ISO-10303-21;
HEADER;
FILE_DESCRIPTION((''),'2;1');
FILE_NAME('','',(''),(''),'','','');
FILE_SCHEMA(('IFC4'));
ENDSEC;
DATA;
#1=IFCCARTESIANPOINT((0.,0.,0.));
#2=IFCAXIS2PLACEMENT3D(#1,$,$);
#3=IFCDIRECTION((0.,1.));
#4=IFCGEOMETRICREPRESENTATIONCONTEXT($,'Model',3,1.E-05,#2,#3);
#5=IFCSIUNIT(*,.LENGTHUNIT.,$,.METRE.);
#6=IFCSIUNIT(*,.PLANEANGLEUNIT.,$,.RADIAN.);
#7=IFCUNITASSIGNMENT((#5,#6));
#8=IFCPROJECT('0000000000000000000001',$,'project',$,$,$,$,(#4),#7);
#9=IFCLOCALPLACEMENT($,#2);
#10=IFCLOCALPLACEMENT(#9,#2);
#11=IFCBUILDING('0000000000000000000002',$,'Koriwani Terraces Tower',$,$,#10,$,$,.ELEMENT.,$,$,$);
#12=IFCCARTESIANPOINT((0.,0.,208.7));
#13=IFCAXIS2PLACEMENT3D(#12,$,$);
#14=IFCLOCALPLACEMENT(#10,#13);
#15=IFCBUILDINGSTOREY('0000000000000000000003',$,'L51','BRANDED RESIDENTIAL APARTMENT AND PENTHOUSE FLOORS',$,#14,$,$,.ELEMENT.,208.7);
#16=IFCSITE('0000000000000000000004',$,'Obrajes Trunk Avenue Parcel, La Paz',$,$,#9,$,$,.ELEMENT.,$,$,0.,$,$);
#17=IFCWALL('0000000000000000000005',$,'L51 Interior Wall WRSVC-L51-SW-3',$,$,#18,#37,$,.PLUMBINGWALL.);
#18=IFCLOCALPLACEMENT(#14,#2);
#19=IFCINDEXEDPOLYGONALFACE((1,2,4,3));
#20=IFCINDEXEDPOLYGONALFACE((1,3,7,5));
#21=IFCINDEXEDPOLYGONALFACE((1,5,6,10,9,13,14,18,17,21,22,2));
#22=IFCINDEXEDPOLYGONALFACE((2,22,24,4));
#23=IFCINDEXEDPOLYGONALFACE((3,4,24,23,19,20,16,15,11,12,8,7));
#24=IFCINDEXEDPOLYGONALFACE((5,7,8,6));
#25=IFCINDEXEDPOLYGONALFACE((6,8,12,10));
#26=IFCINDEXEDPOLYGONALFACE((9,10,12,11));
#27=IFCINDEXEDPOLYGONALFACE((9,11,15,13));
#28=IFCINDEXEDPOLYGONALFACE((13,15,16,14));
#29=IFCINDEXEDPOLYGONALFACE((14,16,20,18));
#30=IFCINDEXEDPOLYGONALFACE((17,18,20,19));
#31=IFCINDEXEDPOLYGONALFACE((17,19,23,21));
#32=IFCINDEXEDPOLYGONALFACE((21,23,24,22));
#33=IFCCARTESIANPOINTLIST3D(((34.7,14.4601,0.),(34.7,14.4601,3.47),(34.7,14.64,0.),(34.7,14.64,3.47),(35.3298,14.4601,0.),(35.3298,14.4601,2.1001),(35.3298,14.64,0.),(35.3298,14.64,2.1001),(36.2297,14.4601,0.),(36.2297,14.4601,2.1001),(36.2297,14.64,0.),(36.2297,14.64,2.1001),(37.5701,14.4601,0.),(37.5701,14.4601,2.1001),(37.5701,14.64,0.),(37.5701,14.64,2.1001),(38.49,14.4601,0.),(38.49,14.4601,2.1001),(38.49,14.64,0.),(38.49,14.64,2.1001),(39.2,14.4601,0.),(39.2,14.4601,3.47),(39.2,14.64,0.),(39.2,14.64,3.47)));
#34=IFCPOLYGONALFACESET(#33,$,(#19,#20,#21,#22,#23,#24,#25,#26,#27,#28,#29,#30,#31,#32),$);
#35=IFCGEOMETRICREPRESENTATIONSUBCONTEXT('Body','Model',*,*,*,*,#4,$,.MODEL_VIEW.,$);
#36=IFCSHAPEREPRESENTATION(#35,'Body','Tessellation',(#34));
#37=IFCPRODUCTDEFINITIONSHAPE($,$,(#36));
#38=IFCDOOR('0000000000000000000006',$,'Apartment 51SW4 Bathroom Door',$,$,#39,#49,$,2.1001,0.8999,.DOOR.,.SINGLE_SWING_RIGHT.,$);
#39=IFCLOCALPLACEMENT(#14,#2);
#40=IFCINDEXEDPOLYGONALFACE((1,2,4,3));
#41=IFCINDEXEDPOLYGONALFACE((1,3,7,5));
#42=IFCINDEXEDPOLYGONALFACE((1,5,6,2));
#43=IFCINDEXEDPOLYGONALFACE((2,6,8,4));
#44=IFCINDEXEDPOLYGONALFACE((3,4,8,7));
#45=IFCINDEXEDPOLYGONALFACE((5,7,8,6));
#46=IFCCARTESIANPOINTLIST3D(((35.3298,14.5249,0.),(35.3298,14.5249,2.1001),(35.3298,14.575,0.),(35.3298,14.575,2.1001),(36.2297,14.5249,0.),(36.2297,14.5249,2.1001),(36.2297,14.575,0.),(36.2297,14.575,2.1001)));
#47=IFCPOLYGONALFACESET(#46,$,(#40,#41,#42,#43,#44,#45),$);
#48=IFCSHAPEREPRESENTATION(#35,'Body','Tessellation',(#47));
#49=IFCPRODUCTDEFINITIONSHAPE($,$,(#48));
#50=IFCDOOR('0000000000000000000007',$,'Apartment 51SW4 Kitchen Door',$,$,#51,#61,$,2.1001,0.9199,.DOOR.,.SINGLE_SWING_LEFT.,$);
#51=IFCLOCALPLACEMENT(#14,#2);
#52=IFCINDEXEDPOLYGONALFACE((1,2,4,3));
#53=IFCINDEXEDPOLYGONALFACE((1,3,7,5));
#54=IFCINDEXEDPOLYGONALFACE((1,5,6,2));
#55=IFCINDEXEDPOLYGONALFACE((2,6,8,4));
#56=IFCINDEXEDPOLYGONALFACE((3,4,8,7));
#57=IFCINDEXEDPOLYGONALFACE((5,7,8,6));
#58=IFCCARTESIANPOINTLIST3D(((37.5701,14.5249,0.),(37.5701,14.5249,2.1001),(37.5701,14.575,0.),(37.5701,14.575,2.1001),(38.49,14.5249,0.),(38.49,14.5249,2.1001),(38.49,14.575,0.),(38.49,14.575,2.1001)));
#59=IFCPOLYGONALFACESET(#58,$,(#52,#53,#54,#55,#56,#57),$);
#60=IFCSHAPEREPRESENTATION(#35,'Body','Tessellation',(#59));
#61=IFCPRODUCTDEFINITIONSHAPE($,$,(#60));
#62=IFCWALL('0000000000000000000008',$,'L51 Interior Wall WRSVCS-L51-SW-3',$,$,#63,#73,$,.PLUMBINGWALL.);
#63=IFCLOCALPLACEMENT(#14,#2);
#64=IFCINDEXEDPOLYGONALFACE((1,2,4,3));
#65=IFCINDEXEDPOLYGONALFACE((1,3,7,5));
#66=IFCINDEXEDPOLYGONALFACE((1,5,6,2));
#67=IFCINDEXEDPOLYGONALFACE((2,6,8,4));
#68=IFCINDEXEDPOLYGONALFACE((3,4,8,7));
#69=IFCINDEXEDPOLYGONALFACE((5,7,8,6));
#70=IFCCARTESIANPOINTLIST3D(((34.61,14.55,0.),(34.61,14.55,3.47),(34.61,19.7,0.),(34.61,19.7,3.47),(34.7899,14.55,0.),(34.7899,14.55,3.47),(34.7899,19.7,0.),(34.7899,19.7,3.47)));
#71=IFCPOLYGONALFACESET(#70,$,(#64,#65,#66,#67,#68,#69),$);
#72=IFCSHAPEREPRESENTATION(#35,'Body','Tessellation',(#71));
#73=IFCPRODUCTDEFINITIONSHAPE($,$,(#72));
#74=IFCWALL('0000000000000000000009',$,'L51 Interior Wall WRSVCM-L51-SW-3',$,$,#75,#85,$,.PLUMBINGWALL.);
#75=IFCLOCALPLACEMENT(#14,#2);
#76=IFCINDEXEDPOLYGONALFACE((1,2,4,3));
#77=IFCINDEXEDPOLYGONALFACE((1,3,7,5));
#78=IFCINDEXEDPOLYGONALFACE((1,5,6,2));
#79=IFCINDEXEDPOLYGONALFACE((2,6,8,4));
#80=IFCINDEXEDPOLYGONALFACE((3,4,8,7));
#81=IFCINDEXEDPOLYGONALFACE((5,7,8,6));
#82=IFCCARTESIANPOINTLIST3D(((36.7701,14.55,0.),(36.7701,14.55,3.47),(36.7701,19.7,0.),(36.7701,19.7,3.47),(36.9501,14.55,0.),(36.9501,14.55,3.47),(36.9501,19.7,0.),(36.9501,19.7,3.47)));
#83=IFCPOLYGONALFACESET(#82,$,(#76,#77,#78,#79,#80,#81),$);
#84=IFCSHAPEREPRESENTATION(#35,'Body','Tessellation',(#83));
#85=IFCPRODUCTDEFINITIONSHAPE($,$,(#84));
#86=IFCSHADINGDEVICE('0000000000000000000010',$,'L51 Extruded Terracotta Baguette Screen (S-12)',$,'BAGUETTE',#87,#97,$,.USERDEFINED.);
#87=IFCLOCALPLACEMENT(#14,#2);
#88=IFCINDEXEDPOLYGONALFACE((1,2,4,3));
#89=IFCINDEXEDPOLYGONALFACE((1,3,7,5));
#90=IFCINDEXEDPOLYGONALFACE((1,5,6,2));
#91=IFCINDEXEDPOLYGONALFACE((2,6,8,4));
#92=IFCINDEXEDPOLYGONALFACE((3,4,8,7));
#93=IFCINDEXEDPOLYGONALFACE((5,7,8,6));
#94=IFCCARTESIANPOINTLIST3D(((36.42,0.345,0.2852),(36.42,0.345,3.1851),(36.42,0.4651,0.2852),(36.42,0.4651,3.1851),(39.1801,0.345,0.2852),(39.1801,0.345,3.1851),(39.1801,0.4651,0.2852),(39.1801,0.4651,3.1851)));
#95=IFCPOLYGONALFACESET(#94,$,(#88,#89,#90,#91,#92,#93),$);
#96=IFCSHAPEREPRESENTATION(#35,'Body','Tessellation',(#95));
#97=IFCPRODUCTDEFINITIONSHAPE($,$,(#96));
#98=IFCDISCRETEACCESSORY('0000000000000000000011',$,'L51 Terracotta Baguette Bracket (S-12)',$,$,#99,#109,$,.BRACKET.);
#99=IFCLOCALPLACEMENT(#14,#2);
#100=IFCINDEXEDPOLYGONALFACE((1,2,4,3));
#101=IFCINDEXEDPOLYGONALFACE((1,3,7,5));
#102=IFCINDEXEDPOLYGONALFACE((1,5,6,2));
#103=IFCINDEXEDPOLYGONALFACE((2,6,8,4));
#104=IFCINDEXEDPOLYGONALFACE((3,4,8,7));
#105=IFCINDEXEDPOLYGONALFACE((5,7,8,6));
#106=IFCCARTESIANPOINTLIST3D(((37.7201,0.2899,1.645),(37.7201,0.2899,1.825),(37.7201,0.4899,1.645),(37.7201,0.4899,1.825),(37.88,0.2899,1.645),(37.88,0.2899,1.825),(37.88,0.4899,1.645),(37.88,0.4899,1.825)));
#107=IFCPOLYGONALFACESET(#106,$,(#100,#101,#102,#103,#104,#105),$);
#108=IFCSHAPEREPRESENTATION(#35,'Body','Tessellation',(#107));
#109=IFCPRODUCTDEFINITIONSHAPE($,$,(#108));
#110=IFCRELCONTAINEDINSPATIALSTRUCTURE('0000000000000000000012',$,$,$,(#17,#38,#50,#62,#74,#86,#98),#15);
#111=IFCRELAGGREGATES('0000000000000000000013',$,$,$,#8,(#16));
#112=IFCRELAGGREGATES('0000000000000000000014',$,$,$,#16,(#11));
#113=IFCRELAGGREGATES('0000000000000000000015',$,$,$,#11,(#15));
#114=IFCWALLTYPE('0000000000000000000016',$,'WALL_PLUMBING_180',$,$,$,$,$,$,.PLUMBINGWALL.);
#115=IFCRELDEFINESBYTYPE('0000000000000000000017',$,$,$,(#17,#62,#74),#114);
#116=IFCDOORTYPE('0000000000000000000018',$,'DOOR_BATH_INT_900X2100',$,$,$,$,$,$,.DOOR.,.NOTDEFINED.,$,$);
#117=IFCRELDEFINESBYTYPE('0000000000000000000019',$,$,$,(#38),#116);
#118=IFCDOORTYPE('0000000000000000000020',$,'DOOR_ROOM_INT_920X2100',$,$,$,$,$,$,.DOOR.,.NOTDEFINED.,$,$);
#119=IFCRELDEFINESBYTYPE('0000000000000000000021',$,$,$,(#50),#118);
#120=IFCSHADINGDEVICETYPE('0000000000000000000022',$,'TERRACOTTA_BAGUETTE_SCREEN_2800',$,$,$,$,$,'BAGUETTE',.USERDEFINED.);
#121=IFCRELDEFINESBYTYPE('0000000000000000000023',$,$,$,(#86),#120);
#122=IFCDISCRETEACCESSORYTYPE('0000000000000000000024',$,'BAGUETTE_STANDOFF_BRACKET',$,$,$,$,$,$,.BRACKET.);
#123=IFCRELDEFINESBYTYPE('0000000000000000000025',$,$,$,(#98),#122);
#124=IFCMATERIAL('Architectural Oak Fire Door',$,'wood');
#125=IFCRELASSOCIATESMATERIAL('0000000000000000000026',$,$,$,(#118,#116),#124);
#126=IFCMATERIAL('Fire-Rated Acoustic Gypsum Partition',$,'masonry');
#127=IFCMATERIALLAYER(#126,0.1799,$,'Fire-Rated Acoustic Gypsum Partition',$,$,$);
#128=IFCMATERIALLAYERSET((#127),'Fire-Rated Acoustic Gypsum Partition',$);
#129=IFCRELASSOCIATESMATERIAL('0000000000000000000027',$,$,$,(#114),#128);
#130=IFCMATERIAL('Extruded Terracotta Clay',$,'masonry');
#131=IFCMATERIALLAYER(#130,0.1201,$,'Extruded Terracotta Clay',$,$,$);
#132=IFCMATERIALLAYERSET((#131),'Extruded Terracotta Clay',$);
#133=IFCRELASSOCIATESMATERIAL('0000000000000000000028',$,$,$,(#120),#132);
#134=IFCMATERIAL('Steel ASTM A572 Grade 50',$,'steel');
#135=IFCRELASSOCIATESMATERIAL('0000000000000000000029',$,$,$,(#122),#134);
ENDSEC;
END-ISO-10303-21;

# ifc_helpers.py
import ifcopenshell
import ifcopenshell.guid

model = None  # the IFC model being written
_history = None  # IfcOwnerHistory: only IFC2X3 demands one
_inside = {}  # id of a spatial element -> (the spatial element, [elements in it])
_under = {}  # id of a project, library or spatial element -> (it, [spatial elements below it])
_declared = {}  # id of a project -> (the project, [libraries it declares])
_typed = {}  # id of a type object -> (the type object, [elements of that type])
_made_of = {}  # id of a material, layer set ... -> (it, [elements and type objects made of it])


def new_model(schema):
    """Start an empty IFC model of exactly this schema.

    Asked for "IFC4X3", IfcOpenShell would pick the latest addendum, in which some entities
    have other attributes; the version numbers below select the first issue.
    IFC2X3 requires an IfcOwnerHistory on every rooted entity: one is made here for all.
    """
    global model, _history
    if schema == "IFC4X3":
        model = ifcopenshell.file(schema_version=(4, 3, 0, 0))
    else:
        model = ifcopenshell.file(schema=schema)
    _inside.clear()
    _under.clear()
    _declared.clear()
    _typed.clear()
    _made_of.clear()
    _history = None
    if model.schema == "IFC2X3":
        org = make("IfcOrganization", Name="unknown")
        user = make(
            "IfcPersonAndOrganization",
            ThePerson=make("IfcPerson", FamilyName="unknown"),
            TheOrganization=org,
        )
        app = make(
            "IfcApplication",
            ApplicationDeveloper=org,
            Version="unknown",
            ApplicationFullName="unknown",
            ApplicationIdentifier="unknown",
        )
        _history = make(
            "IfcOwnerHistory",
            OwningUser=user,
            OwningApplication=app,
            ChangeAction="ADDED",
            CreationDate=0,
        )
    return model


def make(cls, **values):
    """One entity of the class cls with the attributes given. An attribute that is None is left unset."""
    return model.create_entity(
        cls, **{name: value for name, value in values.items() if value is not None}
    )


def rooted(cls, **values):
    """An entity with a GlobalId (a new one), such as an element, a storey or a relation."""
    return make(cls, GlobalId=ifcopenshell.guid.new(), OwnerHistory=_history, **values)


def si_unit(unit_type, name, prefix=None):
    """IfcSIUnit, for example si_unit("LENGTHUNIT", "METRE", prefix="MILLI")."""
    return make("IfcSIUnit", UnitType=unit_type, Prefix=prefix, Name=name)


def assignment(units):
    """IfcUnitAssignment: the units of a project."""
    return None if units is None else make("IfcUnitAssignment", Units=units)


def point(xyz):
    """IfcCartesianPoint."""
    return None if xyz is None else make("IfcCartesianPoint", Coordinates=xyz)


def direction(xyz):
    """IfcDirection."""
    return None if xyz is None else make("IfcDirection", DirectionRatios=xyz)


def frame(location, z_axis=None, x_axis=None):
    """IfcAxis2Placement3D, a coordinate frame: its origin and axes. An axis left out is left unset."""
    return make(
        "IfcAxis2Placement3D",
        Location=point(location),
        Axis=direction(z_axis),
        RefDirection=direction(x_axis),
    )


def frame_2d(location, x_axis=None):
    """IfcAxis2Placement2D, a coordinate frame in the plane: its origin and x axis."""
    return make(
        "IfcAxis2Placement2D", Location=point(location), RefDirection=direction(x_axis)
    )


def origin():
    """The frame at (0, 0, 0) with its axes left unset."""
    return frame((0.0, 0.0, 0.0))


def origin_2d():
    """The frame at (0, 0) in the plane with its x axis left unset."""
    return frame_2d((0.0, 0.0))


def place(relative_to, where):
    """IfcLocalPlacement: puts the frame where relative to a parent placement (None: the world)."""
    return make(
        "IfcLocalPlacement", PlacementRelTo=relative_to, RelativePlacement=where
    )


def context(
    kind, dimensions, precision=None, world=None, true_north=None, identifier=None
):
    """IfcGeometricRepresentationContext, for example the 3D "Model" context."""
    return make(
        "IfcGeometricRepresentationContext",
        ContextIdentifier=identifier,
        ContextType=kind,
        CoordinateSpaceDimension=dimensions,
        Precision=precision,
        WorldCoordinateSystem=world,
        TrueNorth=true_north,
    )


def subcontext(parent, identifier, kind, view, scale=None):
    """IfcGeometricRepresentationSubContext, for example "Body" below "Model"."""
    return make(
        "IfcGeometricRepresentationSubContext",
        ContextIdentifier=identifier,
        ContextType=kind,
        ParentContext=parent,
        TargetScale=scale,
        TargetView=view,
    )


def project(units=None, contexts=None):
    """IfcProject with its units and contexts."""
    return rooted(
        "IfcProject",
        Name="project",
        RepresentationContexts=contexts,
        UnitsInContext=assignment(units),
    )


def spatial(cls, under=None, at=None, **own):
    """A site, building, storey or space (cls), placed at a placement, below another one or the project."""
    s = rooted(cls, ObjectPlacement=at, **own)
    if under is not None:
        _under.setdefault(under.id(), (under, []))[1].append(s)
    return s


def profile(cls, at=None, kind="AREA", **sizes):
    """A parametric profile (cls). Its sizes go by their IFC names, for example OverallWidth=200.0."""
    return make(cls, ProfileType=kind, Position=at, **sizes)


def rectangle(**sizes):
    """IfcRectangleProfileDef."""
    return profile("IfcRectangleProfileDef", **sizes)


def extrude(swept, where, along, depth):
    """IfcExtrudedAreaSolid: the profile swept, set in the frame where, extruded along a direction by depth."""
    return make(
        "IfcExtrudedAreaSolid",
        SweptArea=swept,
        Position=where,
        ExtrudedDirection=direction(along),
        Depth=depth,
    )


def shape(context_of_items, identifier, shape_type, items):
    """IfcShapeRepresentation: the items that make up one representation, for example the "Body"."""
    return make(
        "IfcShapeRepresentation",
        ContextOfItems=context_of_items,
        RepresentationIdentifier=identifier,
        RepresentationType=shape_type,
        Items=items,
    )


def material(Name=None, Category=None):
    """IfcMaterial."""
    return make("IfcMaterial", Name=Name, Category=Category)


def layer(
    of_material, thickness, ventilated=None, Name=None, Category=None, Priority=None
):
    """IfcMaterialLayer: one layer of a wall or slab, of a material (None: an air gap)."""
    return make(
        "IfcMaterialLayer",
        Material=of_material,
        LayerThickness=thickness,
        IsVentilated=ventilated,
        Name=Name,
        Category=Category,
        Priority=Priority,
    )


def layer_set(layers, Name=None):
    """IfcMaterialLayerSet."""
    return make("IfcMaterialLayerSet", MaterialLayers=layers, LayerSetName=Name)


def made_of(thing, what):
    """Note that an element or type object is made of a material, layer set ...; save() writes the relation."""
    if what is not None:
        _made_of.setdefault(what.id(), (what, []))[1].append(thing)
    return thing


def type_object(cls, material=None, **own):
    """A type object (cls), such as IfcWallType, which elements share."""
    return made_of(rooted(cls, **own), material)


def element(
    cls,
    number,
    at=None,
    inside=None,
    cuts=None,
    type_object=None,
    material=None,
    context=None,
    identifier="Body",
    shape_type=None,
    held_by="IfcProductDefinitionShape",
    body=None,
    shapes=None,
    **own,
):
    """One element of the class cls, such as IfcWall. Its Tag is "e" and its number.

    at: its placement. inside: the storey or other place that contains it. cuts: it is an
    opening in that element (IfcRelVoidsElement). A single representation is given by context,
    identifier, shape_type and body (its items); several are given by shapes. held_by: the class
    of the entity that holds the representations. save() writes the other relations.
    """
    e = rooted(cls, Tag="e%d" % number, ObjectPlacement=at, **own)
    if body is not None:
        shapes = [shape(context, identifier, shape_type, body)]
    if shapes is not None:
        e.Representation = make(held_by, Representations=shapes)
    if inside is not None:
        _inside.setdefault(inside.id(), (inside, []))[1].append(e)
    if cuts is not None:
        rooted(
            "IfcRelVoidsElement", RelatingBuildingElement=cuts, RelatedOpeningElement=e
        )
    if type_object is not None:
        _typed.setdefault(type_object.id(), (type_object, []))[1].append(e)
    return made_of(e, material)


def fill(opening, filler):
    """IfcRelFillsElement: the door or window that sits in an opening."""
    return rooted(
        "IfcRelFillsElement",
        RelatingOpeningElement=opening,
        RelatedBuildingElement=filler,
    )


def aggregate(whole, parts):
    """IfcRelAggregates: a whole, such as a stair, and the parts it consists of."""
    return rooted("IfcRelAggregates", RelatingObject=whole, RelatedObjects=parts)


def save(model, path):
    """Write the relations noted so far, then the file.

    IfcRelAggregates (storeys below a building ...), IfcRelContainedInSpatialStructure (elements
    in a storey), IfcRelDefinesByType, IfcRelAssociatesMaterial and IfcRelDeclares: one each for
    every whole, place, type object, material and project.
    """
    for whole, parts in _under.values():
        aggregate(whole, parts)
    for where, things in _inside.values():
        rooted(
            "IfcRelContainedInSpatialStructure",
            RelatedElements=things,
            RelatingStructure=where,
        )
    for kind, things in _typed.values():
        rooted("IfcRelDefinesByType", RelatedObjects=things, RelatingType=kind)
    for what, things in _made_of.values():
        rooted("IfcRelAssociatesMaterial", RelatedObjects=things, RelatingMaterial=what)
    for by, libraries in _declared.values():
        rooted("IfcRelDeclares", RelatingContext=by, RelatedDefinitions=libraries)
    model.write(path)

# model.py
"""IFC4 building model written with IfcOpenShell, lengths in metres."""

from ifc_helpers import new_model, si_unit, direction, frame, frame_2d, origin, origin_2d, place, context, subcontext, project, spatial, rectangle, extrude, material, layer, layer_set, type_object, element, fill, save


model = new_model("IFC4")

# Units and contexts
model_context = context("Model", 3, precision=1e-05, world=origin(), true_north=direction((0.0, 1.0)))
body_context = subcontext(model_context, "Body", "Model", "MODEL_VIEW")
ifc_project = project(units=[si_unit("LENGTHUNIT", "METRE"), si_unit("PLANEANGLEUNIT", "RADIAN")], contexts=[model_context])

# Site, building, storey
site_placement = place(None, origin())
site = spatial("IfcSite", under=ifc_project, at=site_placement, Name="Obrajes Trunk Avenue Parcel, La Paz", CompositionType="ELEMENT", RefElevation=0.0)
building_placement = place(site_placement, origin())
building = spatial("IfcBuilding", under=site, at=building_placement, Name="Koriwani Terraces Tower", CompositionType="ELEMENT")
storey_placement = place(building_placement, frame((0.0, 0.0, 208.7)))
storey = spatial("IfcBuildingStorey", under=building, at=storey_placement, Name="L51", Description="BRANDED RESIDENTIAL APARTMENT AND PENTHOUSE FLOORS", CompositionType="ELEMENT", Elevation=208.7)

# Shared definitions
ifc_material_1 = material(Name="Steel ASTM A572 Grade 50", Category="steel")

# Shared definitions
ifc_material_2 = material(Name="Architectural Oak Fire Door", Category="wood")
door_type_1 = type_object("IfcDoorType", Name="DOOR_ROOM_INT_920X2100", OperationType="NOTDEFINED", PredefinedType="DOOR", material=ifc_material_2)

# Shared definitions
ifc_material_3 = material(Name="Fire-Rated Acoustic Gypsum Partition", Category="masonry")
ifc_layer_1 = layer(ifc_material_3, 0.1799, Name="Fire-Rated Acoustic Gypsum Partition")
ifc_layer_set_1 = layer_set([ifc_layer_1], Name="Fire-Rated Acoustic Gypsum Partition")
wall_type_1 = type_object("IfcWallType", Name="WALL_PLUMBING_180", PredefinedType="PLUMBINGWALL", material=ifc_layer_set_1)
door_type_2 = type_object("IfcDoorType", Name="DOOR_BATH_INT_900X2100", OperationType="NOTDEFINED", PredefinedType="DOOR", material=ifc_material_2)

# Wall, openings, doors
wall_1_placement = place(storey_placement, frame((34.7, 14.55, 0.0), z_axis=(0.0, 0.0, 1.0), x_axis=(1.0, 0.0, 0.0)))
wall_1 = element("IfcWall", 1, at=wall_1_placement, inside=storey, type_object=wall_type_1, Name="L51 Interior Wall WRSVC-L51-SW-3", PredefinedType="PLUMBINGWALL", context=body_context, shape_type="SweptSolid", body=[
    extrude(rectangle(XDim=4.5, YDim=0.1799, at=frame_2d((2.25, 0.0))), origin(), (0.0, 0.0, 1.0), 3.47),
])
opening_1_placement = place(wall_1_placement, frame((0.6299, 0.0, 0.0)))
opening_1 = element("IfcOpeningElement", 2, at=opening_1_placement, cuts=wall_1, PredefinedType="OPENING", context=body_context, shape_type="SweptSolid", body=[
    extrude(rectangle(XDim=0.8999, YDim=2.1001, at=frame_2d((0.45, 1.05))), frame((0.0, 0.1001, 0.0), z_axis=(0.0, -1.0, 0.0), x_axis=(1.0, 0.0, 0.0)), (0.0, 0.0, 1.0), 0.2),
])
opening_2_placement = place(wall_1_placement, frame((2.8701, 0.0, 0.0)))
opening_2 = element("IfcOpeningElement", 3, at=opening_2_placement, cuts=wall_1, PredefinedType="OPENING", context=body_context, shape_type="SweptSolid", body=[
    extrude(rectangle(XDim=0.9199, YDim=2.1001, at=frame_2d((0.46, 1.05))), frame((0.0, 0.1001, 0.0), z_axis=(0.0, -1.0, 0.0), x_axis=(1.0, 0.0, 0.0)), (0.0, 0.0, 1.0), 0.2),
])
door_1_placement = place(opening_1_placement, origin())
door_1 = element("IfcDoor", 4, at=door_1_placement, inside=storey, type_object=door_type_2, Name="Apartment 51SW4 Bathroom Door", OperationType="SINGLE_SWING_RIGHT", OverallHeight=2.1001, OverallWidth=0.8999, PredefinedType="DOOR", context=body_context, shape_type="SweptSolid", body=[
    extrude(rectangle(XDim=0.8999, YDim=2.1001, at=frame_2d((0.45, 1.05))), frame((0.0, 0.0249, 0.0), z_axis=(0.0, -1.0, 0.0), x_axis=(1.0, 0.0, 0.0)), (0.0, 0.0, 1.0), 0.05),
])
fill(opening_1, door_1)
door_2_placement = place(opening_2_placement, origin())
door_2 = element("IfcDoor", 5, at=door_2_placement, inside=storey, type_object=door_type_1, Name="Apartment 51SW4 Kitchen Door", OperationType="SINGLE_SWING_LEFT", OverallHeight=2.1001, OverallWidth=0.9199, PredefinedType="DOOR", context=body_context, shape_type="SweptSolid", body=[
    extrude(rectangle(XDim=0.9199, YDim=2.1001, at=frame_2d((0.46, 1.05))), frame((0.0, 0.0249, 0.0), z_axis=(0.0, -1.0, 0.0), x_axis=(1.0, 0.0, 0.0)), (0.0, 0.0, 1.0), 0.05),
])
fill(opening_2, door_2)

# Walls
for number, where, z_axis, x_axis, name in (
    (6, (34.7, 14.55, 0.0), (0.0, 0.0, 1.0), (0.0, 1.0, 0.0), "L51 Interior Wall WRSVCS-L51-SW-3"),
    (7, (36.8601, 14.55, 0.0), (0.0, 0.0, 1.0), (0.0, 1.0, 0.0), "L51 Interior Wall WRSVCM-L51-SW-3"),
):
    element("IfcWall", number, at=place(storey_placement, frame(where, z_axis=z_axis, x_axis=x_axis)), inside=storey, type_object=wall_type_1, Name=name, PredefinedType="PLUMBINGWALL", context=body_context, shape_type="SweptSolid", body=[
        extrude(rectangle(XDim=5.1499, YDim=0.1799, at=frame_2d((2.575, 0.0))), origin(), (0.0, 0.0, 1.0), 3.47),
    ])

# Shading device
ifc_material_4 = material(Name="Extruded Terracotta Clay", Category="masonry")
ifc_layer_2 = layer(ifc_material_4, 0.1201, Name="Extruded Terracotta Clay")
ifc_layer_set_2 = layer_set([ifc_layer_2], Name="Extruded Terracotta Clay")
shading_device_type = type_object("IfcShadingDeviceType", Name="TERRACOTTA_BAGUETTE_SCREEN_2800", ElementType="BAGUETTE", PredefinedType="USERDEFINED", material=ifc_layer_set_2)
shading_device_placement = place(storey_placement, frame((37.8, 0.405, 0.2852), z_axis=(0.0, 0.0, 1.0), x_axis=(-1.0, 0.0, 0.0)))
element("IfcShadingDevice", 8, at=shading_device_placement, inside=storey, type_object=shading_device_type, Name="L51 Extruded Terracotta Baguette Screen (S-12)", ObjectType="BAGUETTE", PredefinedType="USERDEFINED", context=body_context, shape_type="SweptSolid", body=[
    extrude(rectangle(XDim=2.76, YDim=0.1201, at=origin_2d()), origin(), (0.0, 0.0, 1.0), 2.8999),
])

# Discrete accessory
discrete_accessory_type = type_object("IfcDiscreteAccessoryType", Name="BAGUETTE_STANDOFF_BRACKET", PredefinedType="BRACKET", material=ifc_material_1)
discrete_accessory_placement = place(storey_placement, frame((37.8, 0.3899, 1.645), z_axis=(0.0, 0.0, 1.0), x_axis=(-1.0, 0.0, 0.0)))
element("IfcDiscreteAccessory", 9, at=discrete_accessory_placement, inside=storey, type_object=discrete_accessory_type, Name="L51 Terracotta Baguette Bracket (S-12)", PredefinedType="BRACKET", context=body_context, shape_type="SweptSolid", body=[
    extrude(rectangle(XDim=0.1599, YDim=0.2, at=origin_2d()), origin(), (0.0, 0.0, 1.0), 0.1799),
])

save(model, "model.ifc")
